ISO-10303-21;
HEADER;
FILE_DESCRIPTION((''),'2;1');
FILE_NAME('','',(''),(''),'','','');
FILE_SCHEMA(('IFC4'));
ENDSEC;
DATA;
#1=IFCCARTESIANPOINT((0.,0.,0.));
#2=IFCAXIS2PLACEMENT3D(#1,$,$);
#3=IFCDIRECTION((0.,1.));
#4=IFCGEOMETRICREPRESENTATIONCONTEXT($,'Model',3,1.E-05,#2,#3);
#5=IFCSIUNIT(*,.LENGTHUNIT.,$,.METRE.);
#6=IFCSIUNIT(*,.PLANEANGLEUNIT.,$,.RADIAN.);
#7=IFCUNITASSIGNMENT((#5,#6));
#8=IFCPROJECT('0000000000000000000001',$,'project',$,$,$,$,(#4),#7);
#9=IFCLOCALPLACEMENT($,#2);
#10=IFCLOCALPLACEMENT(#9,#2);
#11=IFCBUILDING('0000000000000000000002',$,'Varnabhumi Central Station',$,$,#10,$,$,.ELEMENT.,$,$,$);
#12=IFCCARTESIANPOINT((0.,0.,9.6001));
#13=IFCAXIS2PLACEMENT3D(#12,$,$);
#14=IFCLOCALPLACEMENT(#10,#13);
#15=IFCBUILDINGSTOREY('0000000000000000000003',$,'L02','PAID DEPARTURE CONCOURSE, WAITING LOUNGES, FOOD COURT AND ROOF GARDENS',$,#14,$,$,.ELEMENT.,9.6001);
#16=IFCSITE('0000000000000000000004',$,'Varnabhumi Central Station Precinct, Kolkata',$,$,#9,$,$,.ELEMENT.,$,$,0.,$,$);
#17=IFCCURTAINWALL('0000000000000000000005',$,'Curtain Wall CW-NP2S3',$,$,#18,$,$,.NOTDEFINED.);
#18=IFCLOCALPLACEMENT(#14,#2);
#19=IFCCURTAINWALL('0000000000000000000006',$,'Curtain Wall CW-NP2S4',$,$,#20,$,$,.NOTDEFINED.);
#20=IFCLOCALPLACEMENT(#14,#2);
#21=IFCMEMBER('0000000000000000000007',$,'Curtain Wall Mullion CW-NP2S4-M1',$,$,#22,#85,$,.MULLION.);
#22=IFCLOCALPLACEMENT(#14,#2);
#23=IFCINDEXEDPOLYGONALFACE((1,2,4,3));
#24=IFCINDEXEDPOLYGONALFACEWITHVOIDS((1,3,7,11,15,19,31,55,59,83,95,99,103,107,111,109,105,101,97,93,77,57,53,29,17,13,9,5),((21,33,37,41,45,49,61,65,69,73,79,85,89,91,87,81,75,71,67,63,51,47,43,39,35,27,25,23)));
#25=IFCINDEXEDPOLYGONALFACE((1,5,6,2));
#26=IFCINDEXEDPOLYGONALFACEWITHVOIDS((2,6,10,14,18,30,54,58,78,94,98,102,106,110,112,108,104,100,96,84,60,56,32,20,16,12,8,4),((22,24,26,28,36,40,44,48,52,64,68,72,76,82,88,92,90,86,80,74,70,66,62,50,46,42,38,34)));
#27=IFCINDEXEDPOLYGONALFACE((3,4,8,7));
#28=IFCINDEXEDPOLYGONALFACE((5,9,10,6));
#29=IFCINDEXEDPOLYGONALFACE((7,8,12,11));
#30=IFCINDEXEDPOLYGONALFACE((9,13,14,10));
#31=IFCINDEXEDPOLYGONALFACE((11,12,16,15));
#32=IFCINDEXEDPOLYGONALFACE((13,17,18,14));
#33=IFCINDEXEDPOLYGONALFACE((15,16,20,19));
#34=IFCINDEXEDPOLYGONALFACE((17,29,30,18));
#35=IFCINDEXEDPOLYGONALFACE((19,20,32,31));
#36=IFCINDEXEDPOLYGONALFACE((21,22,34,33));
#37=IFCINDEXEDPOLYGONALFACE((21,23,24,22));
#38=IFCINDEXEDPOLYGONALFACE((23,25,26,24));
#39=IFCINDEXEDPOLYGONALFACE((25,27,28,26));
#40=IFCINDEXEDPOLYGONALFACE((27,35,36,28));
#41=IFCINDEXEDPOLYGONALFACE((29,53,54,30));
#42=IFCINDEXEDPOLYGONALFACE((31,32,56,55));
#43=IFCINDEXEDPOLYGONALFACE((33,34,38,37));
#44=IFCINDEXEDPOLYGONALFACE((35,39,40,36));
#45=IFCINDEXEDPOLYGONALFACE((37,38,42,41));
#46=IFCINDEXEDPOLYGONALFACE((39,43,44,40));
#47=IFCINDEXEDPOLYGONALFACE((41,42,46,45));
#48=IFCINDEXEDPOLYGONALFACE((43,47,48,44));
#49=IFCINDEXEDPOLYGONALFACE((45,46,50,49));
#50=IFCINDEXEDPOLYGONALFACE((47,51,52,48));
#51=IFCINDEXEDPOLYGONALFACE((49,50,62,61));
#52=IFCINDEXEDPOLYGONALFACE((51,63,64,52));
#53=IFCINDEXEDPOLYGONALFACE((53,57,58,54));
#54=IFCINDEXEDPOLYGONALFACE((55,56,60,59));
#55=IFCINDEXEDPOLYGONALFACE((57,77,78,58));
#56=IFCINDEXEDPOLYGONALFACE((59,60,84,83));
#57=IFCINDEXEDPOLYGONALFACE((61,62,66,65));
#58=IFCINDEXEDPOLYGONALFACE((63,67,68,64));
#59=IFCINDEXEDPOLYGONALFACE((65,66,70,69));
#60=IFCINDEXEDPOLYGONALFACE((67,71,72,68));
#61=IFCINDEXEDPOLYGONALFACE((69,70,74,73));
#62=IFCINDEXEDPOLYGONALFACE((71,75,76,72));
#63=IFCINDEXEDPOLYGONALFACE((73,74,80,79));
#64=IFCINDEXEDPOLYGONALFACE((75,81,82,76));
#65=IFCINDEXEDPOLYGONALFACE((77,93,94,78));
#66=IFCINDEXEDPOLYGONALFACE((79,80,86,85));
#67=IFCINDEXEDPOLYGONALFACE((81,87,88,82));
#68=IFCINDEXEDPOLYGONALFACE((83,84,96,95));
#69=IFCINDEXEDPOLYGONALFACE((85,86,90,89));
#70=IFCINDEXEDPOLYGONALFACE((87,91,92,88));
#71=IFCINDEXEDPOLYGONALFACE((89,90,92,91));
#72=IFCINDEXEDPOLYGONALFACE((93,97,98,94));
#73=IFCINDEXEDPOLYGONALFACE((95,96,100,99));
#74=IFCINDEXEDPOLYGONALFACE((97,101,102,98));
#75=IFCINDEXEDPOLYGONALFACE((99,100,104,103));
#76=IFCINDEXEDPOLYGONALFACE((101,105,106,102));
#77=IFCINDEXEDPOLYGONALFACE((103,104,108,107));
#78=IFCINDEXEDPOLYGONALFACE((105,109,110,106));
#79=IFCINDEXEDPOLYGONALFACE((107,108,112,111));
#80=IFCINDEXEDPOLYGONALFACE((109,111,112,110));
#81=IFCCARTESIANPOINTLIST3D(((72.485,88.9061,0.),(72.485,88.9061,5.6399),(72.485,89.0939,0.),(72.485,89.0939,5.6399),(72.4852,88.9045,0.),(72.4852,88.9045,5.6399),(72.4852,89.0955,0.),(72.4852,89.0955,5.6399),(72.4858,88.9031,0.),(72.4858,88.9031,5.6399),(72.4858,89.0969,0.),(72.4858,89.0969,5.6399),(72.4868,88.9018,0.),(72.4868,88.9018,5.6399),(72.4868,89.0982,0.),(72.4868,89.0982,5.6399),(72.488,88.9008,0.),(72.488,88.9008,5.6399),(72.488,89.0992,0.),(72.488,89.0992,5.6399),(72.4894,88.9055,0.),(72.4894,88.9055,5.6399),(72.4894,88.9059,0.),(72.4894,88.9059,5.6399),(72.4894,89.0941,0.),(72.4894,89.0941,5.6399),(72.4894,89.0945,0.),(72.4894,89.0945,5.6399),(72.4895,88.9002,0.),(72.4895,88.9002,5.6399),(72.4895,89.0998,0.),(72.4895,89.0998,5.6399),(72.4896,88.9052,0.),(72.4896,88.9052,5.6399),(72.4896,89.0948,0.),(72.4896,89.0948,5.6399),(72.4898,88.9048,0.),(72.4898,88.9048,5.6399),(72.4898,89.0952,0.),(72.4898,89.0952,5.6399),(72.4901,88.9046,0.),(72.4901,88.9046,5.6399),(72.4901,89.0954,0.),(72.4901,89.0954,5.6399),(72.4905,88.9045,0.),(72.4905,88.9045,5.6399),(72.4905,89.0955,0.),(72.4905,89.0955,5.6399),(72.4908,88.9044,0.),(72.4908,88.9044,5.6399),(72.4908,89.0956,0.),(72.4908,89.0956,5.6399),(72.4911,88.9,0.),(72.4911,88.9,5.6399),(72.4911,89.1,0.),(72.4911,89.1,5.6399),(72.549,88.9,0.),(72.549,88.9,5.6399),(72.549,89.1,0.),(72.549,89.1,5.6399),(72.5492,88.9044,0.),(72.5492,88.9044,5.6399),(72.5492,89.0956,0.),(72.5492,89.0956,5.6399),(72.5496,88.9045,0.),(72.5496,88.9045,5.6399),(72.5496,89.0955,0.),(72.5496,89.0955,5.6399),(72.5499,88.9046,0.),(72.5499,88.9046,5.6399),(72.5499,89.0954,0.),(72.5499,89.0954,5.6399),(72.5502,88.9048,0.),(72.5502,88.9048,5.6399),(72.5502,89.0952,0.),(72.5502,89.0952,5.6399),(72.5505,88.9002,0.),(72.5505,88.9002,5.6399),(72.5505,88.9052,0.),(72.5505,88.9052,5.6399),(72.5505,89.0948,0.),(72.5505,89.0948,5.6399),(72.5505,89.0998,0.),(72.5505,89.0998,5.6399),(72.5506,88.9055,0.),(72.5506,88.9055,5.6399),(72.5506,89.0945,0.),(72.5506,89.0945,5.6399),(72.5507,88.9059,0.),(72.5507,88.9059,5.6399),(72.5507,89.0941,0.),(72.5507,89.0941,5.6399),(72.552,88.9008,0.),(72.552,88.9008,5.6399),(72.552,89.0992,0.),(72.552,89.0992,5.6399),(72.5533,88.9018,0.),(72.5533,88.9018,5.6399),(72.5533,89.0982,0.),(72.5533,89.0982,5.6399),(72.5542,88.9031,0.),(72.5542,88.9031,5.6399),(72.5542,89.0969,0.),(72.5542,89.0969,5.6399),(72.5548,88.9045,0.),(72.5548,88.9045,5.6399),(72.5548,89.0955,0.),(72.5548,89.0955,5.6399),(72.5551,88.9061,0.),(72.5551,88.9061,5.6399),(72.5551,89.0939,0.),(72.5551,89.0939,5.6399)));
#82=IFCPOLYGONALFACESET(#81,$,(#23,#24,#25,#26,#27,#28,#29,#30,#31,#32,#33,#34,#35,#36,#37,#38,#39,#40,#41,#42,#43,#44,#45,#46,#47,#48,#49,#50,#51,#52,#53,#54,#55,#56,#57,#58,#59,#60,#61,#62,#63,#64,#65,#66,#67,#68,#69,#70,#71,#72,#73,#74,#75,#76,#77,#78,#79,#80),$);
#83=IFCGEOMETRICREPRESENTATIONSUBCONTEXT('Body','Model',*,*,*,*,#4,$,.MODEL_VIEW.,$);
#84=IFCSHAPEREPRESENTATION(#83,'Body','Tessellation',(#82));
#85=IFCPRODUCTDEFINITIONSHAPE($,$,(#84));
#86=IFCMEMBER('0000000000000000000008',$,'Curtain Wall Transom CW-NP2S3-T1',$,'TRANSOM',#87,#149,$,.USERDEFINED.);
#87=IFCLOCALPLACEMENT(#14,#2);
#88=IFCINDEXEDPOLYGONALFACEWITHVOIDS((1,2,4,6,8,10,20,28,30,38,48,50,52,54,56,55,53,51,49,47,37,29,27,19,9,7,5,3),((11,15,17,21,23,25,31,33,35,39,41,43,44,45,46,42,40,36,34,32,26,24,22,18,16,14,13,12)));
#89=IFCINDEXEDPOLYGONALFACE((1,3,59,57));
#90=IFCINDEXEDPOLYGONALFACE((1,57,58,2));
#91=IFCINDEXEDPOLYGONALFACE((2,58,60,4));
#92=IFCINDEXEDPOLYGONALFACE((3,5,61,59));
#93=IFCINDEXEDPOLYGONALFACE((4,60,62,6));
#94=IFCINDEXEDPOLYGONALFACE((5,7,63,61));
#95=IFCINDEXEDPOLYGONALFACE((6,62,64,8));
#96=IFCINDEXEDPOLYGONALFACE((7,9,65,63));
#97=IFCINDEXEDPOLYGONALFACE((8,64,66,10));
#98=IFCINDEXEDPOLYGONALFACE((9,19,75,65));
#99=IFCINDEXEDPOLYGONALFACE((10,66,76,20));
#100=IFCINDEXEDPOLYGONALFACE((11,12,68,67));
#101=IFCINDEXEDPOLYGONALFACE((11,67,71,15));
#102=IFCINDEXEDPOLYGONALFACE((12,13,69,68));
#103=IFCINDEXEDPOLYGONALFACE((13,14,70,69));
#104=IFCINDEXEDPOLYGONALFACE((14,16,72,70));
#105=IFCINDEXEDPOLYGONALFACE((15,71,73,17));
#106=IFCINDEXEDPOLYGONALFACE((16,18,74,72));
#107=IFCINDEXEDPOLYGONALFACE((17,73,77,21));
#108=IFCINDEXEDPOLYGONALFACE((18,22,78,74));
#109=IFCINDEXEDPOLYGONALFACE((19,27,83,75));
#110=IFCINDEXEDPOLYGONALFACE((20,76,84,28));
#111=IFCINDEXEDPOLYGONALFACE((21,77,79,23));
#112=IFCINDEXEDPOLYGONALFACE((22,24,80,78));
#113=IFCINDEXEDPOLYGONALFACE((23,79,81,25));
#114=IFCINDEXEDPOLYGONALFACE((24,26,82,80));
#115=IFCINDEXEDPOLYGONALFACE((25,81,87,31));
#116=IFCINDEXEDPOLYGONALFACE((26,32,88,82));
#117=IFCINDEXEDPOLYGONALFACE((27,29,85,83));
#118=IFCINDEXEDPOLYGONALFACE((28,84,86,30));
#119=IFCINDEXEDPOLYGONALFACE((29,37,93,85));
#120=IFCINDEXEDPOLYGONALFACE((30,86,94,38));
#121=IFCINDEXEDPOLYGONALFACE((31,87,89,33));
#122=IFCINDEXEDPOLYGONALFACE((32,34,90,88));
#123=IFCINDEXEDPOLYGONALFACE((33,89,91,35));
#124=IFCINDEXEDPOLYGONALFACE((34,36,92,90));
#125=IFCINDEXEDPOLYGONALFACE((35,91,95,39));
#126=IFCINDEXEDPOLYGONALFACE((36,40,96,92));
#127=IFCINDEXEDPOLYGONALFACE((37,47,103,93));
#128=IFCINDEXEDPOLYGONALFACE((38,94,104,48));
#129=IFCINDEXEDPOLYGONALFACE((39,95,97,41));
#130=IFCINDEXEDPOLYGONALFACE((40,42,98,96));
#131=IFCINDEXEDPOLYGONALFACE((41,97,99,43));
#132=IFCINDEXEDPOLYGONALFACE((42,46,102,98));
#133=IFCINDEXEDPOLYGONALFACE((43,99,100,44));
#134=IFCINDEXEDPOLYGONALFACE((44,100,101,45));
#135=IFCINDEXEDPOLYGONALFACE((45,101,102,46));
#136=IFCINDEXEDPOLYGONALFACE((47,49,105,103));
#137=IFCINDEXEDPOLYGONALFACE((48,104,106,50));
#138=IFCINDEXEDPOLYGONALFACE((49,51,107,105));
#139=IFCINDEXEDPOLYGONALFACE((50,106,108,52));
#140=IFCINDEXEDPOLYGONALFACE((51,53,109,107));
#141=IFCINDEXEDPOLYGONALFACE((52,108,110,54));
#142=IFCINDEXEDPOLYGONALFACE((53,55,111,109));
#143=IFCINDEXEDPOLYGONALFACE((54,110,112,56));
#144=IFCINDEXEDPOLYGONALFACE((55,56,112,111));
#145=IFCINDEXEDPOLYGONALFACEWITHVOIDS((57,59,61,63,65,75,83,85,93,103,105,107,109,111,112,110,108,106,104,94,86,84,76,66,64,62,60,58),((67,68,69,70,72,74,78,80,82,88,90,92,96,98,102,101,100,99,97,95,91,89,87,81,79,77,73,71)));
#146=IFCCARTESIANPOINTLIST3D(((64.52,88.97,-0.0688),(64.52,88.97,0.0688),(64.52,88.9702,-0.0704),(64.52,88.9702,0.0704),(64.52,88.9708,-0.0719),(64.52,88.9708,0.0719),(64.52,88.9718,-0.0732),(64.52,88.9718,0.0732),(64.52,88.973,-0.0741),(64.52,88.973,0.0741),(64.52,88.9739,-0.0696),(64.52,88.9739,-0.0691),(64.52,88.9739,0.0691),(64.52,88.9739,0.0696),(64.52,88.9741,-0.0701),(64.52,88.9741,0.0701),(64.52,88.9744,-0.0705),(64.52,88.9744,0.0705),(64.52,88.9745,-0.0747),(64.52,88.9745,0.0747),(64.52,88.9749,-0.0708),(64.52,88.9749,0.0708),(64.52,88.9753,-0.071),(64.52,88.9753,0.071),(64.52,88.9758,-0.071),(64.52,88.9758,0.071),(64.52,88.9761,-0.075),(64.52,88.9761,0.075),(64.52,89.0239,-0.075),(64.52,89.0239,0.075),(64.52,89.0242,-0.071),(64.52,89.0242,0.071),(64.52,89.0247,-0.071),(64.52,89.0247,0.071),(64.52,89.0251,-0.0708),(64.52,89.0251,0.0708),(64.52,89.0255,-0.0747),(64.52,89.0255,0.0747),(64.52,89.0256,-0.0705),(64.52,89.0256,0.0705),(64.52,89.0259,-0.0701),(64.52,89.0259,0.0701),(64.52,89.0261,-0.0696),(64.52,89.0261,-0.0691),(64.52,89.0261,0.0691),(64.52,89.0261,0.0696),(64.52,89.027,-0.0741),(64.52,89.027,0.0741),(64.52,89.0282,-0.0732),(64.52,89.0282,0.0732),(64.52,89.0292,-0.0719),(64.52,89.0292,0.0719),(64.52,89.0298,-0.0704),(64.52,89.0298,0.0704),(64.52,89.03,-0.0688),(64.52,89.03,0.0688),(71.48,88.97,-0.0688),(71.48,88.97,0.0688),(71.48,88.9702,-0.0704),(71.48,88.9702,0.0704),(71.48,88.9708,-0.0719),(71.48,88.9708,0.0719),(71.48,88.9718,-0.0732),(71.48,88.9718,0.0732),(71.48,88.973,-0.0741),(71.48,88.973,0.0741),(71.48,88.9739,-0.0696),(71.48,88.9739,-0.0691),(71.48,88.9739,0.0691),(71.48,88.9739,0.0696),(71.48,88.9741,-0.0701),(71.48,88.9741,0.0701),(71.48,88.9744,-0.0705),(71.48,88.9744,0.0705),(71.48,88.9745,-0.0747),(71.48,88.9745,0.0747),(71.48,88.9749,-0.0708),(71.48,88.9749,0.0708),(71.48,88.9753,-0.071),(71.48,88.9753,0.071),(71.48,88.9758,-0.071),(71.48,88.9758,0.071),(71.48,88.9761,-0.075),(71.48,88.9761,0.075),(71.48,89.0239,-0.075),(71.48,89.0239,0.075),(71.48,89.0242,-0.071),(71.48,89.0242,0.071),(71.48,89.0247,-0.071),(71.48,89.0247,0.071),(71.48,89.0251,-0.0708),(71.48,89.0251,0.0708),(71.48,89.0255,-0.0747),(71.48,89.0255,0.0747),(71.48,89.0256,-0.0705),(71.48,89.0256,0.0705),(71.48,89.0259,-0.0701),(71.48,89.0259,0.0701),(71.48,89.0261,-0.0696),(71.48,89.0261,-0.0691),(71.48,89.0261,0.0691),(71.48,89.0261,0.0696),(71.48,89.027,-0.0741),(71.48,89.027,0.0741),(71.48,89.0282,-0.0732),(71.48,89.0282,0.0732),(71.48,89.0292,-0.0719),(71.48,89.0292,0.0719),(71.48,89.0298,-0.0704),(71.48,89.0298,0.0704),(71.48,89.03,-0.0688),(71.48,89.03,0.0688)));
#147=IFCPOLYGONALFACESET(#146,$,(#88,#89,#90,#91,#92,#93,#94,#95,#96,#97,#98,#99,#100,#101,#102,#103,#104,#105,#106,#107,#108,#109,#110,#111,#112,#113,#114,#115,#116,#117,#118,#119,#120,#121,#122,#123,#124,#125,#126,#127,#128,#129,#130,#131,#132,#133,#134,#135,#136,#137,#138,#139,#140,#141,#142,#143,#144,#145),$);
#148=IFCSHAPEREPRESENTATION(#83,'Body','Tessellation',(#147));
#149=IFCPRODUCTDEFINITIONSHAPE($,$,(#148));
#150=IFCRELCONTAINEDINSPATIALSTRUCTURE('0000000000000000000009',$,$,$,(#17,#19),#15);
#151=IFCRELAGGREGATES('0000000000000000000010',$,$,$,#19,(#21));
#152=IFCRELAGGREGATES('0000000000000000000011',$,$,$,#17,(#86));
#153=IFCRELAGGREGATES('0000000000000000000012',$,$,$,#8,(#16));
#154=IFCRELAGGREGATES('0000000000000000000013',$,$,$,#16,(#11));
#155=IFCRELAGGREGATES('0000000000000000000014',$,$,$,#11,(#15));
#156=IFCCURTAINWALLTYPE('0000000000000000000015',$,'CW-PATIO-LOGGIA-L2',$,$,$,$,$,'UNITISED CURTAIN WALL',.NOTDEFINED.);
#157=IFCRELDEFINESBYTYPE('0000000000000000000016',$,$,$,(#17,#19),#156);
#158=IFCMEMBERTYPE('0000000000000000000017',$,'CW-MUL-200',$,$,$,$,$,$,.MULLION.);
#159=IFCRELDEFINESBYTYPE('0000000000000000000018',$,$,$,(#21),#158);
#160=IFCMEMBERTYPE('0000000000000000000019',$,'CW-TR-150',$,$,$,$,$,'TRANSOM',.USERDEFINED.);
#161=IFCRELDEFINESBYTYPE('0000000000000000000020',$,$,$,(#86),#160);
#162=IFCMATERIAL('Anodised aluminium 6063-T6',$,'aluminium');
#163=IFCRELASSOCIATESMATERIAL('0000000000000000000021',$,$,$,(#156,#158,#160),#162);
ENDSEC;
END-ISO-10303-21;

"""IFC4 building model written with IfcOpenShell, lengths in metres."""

from ifc_helpers import new_model, si_unit, direction, frame, origin, origin_2d, place, context, subcontext, project, spatial, hollow_rectangle, extrude, material, material_profile, profile_set, type_object, element, aggregate, save


model = new_model("IFC4")

# Units and contexts
model_context = context("Model", 3, precision=1e-05, world=origin(), true_north=direction((0.0, 1.0)))
body_context = subcontext(model_context, "Body", "Model", "MODEL_VIEW")
ifc_project = project(units=[si_unit("LENGTHUNIT", "METRE"), si_unit("PLANEANGLEUNIT", "RADIAN")], contexts=[model_context])

# Site, building, storey
site_placement = place(None, origin())
site = spatial("IfcSite", under=ifc_project, at=site_placement, Name="Varnabhumi Central Station Precinct, Kolkata", CompositionType="ELEMENT", RefElevation=0.0)
building_placement = place(site_placement, origin())
building = spatial("IfcBuilding", under=site, at=building_placement, Name="Varnabhumi Central Station", CompositionType="ELEMENT")
storey_placement = place(building_placement, frame((0.0, 0.0, 9.6001)))
storey = spatial("IfcBuildingStorey", under=building, at=storey_placement, Name="L02", Description="PAID DEPARTURE CONCOURSE, WAITING LOUNGES, FOOD COURT AND ROOF GARDENS", CompositionType="ELEMENT", Elevation=9.6001)

# Shared definitions
ifc_material_1 = material(Name="Anodised aluminium 6063-T6", Category="aluminium")
curtain_wall_type = type_object("IfcCurtainWallType", Name="CW-PATIO-LOGGIA-L2", ElementType="UNITISED CURTAIN WALL", PredefinedType="NOTDEFINED", material=ifc_material_1)
ifc_material_profile_1 = material_profile(ifc_material_1, hollow_rectangle(XDim=0.0701, YDim=0.2, WallThickness=0.0044, InnerFilletRadius=0.0015, OuterFilletRadius=0.0061, at=origin_2d()), Name="Anodised aluminium 6063-T6", Category="aluminium")
ifc_profile_set_1 = profile_set([ifc_material_profile_1], Name="Anodised aluminium 6063-T6")
member_type_1 = type_object("IfcMemberType", Name="CW-MUL-200", PredefinedType="MULLION", material=ifc_profile_set_1)

# Curtain wall
curtain_wall_1_placement = place(storey_placement, origin())
curtain_wall_1 = element("IfcCurtainWall", 1, at=curtain_wall_1_placement, inside=storey, type_object=curtain_wall_type, Name="Curtain Wall CW-NP2S3", PredefinedType="NOTDEFINED")

# Curtain wall, member
curtain_wall_2_placement = place(storey_placement, origin())
curtain_wall_2 = element("IfcCurtainWall", 2, at=curtain_wall_2_placement, inside=storey, type_object=curtain_wall_type, Name="Curtain Wall CW-NP2S4", PredefinedType="NOTDEFINED")
member_1_placement = place(storey_placement, frame((72.52, 89.0, 0.0), z_axis=(0.0, 0.0, 1.0), x_axis=(1.0, 0.0, 0.0)))
member_1 = element("IfcMember", 3, at=member_1_placement, type_object=member_type_1, Name="Curtain Wall Mullion CW-NP2S4-M1", PredefinedType="MULLION", context=body_context, shape_type="SweptSolid", body=[
    extrude(hollow_rectangle(XDim=0.0701, YDim=0.2, WallThickness=0.0044, InnerFilletRadius=0.0015, OuterFilletRadius=0.0061, at=origin_2d()), origin(), (0.0, 0.0, 1.0), 5.6399),
])

# Member
ifc_material_profile_2 = material_profile(ifc_material_1, hollow_rectangle(XDim=0.0601, YDim=0.1499, WallThickness=0.0039, InnerFilletRadius=0.002, OuterFilletRadius=0.0061, at=origin_2d()), Name="Anodised aluminium 6063-T6", Category="aluminium")
ifc_profile_set_2 = profile_set([ifc_material_profile_2], Name="Anodised aluminium 6063-T6")
member_type_2 = type_object("IfcMemberType", Name="CW-TR-150", ElementType="TRANSOM", PredefinedType="USERDEFINED", material=ifc_profile_set_2)
member_2_placement = place(storey_placement, frame((64.52, 89.0, 0.0), z_axis=(1.0, 0.0, 0.0), x_axis=(0.0, 1.0, 0.0)))
member_2 = element("IfcMember", 4, at=member_2_placement, type_object=member_type_2, Name="Curtain Wall Transom CW-NP2S3-T1", ObjectType="TRANSOM", PredefinedType="USERDEFINED", context=body_context, shape_type="SweptSolid", body=[
    extrude(hollow_rectangle(XDim=0.0601, YDim=0.1499, WallThickness=0.0039, InnerFilletRadius=0.002, OuterFilletRadius=0.0061, at=origin_2d()), origin(), (0.0, 0.0, 1.0), 6.96),
])
aggregate(curtain_wall_2, [member_1])

aggregate(curtain_wall_1, [member_2])

save(model, "model.ifc")
